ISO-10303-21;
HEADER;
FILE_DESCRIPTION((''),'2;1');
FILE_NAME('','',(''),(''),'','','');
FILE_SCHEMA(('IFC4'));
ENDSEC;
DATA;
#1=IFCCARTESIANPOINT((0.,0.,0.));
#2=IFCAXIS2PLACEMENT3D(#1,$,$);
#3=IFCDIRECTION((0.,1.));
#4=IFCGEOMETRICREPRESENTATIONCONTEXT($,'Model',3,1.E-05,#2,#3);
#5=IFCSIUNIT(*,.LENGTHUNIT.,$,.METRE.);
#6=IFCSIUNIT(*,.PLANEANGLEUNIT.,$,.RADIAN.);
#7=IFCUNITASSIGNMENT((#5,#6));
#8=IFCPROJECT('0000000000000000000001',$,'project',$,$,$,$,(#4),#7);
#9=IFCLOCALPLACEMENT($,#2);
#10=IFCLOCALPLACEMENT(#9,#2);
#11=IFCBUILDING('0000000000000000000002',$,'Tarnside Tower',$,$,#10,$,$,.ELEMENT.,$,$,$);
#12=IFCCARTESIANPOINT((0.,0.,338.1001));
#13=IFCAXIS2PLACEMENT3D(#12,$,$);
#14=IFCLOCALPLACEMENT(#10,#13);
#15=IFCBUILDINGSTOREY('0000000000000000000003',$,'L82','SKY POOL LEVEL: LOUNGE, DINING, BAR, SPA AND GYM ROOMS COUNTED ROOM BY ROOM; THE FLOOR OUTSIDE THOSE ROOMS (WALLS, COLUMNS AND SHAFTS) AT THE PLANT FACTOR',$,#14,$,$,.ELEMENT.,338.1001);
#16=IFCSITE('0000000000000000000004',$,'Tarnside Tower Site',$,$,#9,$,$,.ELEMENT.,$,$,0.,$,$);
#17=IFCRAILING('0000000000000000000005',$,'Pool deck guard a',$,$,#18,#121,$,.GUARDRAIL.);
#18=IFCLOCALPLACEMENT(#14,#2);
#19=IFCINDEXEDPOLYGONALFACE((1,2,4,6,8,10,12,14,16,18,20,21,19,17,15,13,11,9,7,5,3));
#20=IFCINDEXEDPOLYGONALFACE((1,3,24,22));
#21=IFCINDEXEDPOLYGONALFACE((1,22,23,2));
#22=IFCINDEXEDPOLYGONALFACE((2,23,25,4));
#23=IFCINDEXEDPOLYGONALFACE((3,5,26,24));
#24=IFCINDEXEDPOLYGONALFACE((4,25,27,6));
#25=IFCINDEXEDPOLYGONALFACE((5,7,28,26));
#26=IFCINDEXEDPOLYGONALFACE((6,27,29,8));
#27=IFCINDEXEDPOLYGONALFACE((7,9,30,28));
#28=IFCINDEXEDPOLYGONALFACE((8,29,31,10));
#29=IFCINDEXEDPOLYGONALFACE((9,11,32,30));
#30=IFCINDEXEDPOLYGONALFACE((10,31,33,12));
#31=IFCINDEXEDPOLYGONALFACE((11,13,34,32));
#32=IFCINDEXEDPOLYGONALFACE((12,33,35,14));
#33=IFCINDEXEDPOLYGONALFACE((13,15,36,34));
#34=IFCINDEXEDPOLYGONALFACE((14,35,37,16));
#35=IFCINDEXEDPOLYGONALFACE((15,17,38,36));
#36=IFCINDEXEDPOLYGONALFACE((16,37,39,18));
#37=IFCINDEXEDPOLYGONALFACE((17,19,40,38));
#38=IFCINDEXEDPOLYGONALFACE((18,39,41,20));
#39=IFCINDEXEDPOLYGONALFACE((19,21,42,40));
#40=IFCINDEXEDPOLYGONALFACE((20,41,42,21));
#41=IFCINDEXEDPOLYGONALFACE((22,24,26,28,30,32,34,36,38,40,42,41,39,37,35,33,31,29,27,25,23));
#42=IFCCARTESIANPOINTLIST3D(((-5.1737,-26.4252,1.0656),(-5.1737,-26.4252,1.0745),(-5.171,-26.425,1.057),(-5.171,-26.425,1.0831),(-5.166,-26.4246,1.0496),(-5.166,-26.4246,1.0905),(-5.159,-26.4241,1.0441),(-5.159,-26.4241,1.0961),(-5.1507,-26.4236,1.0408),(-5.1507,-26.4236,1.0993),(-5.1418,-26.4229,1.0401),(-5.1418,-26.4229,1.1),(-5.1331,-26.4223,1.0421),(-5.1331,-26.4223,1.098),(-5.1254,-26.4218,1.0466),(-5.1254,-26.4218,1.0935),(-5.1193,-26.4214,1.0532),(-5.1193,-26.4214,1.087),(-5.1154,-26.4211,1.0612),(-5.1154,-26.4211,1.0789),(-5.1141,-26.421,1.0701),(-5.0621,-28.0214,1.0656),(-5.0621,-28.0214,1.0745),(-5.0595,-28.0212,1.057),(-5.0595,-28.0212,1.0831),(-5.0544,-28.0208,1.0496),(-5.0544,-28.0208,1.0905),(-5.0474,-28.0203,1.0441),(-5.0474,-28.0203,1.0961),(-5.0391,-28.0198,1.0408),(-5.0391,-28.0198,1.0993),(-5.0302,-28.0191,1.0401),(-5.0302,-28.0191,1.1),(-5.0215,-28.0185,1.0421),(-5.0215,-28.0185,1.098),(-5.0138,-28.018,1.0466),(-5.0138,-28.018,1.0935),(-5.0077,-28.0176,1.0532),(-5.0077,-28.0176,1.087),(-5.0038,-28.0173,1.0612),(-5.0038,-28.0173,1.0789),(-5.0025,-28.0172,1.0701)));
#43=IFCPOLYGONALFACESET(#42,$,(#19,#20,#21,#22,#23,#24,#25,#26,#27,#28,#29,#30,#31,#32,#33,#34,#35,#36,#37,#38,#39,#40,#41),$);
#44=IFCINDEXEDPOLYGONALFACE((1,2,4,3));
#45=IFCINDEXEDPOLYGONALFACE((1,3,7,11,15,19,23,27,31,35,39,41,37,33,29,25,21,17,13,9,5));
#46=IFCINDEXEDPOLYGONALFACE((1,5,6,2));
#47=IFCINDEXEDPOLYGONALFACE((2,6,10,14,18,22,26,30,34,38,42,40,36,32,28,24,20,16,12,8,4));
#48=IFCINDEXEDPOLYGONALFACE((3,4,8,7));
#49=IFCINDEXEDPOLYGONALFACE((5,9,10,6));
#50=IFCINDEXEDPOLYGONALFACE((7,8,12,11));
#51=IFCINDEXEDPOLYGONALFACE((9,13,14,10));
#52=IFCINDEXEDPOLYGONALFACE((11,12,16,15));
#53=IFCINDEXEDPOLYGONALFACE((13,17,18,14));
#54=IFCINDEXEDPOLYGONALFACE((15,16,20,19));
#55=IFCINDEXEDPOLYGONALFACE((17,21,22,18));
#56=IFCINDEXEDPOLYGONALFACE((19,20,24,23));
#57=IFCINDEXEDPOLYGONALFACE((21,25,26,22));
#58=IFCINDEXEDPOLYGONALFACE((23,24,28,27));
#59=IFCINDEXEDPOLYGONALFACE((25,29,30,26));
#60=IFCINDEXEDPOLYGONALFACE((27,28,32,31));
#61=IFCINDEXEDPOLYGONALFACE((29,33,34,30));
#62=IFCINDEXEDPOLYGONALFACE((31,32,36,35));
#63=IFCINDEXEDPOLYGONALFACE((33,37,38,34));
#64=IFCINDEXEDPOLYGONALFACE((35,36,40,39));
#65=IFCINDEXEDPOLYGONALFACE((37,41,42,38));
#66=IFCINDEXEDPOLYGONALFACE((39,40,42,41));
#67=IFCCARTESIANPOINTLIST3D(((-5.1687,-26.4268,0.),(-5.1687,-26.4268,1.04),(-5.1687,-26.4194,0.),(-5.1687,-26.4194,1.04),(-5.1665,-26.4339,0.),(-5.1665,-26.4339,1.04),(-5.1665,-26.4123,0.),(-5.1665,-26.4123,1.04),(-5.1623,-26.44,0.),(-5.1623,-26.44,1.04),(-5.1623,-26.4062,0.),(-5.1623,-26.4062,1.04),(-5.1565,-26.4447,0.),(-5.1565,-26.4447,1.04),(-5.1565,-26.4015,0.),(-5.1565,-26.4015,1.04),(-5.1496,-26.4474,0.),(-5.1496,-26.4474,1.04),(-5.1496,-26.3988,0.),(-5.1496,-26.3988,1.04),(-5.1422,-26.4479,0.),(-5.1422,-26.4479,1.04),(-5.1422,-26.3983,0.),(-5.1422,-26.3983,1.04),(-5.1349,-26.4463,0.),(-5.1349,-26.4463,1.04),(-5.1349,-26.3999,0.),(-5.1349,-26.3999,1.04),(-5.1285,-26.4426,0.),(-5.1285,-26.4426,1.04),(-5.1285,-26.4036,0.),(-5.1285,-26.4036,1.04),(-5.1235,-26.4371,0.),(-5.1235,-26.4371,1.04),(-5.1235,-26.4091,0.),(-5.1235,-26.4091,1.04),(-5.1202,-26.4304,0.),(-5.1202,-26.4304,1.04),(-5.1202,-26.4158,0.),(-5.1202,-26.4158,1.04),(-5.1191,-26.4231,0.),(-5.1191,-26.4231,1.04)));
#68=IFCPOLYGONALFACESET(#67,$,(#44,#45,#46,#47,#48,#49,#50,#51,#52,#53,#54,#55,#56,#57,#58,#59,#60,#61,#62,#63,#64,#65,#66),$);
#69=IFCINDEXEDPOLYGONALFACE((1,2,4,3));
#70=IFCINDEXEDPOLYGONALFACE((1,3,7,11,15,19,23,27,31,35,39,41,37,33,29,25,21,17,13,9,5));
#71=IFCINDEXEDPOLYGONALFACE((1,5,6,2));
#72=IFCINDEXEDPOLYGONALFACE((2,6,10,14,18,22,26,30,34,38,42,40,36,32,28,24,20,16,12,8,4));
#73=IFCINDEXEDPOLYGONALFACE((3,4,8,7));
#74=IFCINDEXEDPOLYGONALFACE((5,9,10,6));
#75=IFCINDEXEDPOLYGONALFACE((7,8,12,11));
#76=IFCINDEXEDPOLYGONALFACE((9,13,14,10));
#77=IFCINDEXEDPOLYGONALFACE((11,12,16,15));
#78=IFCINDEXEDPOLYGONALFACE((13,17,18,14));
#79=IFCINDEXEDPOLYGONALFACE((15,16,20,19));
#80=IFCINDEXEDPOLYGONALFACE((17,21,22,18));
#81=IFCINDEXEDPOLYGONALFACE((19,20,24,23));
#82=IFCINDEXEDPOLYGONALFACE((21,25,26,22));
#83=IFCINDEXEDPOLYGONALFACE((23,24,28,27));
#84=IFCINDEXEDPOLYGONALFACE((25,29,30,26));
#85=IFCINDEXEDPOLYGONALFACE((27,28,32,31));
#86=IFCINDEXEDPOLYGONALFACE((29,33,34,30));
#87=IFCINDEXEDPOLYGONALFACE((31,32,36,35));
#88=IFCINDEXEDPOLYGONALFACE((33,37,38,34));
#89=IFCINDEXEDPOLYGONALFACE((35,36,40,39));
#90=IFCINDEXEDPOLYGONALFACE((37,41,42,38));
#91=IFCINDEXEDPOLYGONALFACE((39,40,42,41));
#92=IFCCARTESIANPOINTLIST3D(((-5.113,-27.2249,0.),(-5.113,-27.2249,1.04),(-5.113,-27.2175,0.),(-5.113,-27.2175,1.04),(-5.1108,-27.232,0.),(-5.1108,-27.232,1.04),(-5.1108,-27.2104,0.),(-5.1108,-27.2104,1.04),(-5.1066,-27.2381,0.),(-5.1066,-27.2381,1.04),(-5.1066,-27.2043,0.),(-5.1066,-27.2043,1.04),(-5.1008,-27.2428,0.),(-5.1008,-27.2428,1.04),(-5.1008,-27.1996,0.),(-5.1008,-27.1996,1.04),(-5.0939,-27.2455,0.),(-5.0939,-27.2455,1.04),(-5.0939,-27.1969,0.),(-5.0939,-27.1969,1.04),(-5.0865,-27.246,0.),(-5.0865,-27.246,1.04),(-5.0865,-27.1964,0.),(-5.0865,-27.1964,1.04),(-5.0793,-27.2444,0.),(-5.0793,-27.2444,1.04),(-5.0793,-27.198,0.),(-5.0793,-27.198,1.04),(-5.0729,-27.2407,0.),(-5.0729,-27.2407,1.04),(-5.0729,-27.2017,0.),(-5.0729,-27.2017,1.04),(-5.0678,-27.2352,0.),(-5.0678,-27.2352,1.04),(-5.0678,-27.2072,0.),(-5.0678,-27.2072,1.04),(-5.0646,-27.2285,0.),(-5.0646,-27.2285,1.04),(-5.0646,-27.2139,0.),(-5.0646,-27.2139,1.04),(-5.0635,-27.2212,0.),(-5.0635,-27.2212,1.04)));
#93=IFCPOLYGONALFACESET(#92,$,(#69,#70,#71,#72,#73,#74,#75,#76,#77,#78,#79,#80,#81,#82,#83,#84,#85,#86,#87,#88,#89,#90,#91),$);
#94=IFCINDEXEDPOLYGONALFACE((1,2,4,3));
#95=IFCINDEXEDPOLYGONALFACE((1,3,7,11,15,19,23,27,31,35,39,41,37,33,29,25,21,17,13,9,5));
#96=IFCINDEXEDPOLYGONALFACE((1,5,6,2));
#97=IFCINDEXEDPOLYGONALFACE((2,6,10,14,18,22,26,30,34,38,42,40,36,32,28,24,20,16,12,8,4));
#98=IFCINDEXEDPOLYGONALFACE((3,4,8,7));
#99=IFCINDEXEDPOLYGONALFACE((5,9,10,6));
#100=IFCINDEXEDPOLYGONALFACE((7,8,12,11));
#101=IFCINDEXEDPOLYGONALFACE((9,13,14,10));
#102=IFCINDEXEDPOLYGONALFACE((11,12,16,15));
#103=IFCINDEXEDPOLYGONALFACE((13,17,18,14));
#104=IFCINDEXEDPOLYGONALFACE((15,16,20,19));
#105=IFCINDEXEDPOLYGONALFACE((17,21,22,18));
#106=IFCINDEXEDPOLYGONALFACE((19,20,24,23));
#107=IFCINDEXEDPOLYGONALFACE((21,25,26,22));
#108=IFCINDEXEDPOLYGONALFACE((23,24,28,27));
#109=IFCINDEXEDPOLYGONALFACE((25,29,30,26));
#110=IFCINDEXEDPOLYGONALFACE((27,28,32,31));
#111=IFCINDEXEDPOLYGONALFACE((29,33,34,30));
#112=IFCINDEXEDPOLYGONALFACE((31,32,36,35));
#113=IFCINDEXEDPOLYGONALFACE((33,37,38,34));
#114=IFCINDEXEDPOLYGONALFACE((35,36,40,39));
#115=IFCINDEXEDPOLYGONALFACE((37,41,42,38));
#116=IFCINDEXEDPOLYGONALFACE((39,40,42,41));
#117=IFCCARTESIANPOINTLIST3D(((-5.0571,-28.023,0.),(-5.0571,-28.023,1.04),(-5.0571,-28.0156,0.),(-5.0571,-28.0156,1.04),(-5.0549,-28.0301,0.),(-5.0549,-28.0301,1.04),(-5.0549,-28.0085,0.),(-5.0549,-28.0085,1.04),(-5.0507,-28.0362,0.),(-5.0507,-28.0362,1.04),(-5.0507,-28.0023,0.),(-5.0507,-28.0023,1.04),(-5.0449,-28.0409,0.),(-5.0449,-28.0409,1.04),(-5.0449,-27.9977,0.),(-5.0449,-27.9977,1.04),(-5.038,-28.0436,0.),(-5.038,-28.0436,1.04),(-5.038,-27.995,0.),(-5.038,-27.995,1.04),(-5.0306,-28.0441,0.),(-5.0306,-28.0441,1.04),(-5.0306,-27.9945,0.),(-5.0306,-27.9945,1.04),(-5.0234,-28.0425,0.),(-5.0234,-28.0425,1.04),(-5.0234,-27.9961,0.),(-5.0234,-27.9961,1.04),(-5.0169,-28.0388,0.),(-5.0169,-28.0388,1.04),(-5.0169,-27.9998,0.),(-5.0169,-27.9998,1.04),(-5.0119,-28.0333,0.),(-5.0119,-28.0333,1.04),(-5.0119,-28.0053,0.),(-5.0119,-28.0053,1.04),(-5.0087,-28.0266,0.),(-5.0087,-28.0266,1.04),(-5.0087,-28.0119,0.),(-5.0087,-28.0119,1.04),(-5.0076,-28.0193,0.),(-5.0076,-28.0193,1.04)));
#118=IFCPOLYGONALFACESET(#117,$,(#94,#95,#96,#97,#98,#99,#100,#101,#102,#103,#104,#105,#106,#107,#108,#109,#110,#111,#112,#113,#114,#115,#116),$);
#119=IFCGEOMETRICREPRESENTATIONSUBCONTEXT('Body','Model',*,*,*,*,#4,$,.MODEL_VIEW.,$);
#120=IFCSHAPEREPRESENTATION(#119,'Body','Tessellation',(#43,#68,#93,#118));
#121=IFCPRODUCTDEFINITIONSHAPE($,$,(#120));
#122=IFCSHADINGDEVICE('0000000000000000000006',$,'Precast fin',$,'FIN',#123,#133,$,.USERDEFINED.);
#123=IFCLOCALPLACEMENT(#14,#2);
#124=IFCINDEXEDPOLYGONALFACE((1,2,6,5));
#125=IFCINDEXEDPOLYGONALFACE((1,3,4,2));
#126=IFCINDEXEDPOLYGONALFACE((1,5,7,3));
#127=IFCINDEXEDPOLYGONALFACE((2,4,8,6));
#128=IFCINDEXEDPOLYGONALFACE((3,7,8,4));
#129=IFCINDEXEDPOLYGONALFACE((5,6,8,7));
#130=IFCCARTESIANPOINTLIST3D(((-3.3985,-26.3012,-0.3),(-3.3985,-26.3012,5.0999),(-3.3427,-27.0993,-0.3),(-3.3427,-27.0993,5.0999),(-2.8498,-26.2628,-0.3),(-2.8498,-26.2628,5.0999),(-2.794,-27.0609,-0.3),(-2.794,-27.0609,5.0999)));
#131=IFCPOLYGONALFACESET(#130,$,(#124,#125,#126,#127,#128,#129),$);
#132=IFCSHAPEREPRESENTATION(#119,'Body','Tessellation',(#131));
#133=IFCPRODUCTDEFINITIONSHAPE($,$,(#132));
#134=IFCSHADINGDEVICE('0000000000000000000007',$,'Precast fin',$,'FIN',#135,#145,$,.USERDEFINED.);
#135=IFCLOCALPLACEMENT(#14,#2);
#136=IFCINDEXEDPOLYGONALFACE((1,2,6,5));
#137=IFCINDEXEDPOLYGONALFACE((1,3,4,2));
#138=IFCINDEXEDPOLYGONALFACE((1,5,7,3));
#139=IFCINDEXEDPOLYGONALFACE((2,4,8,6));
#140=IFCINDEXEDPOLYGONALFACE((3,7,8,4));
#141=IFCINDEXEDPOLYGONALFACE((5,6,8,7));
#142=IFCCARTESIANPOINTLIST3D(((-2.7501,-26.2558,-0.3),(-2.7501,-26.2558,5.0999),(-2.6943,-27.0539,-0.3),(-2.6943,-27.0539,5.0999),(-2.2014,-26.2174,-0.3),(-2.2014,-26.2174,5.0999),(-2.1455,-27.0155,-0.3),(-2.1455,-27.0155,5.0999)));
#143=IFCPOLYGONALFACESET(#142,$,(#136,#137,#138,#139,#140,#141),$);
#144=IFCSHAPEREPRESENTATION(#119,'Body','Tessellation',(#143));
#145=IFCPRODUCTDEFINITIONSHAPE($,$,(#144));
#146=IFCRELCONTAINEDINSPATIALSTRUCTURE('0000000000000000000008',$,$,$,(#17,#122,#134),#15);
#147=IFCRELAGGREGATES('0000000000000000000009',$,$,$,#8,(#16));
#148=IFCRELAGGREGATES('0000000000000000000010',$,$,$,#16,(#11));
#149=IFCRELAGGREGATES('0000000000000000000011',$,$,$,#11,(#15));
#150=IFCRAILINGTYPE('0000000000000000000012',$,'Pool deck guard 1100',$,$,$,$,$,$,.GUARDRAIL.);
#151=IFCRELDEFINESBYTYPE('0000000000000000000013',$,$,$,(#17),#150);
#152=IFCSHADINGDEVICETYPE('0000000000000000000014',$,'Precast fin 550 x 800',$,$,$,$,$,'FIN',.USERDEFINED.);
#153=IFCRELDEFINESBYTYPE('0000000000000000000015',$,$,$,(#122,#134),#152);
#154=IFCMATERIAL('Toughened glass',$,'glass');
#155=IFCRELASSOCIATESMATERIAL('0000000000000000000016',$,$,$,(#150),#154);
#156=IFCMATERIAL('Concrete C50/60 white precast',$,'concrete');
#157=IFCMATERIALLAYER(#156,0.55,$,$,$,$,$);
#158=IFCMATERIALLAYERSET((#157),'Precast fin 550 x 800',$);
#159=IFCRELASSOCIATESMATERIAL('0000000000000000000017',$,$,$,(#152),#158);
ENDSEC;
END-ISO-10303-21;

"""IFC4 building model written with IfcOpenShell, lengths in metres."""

from ifc_helpers import new_model, si_unit, direction, frame, origin, origin_2d, place, context, subcontext, project, spatial, polyline, circle, outline, extrude, material, layer, layer_set, type_object, element, save


model = new_model("IFC4")

# Units and contexts
model_context = context("Model", 3, precision=1e-05, world=origin(), true_north=direction((0.0, 1.0)))
body_context = subcontext(model_context, "Body", "Model", "MODEL_VIEW")
ifc_project = project(units=[si_unit("LENGTHUNIT", "METRE"), si_unit("PLANEANGLEUNIT", "RADIAN")], contexts=[model_context])

# Site, building, storey
site_placement = place(None, origin())
site = spatial("IfcSite", under=ifc_project, at=site_placement, Name="Tarnside Tower Site", CompositionType="ELEMENT", RefElevation=0.0)
building_placement = place(site_placement, origin())
building = spatial("IfcBuilding", under=site, at=building_placement, Name="Tarnside Tower", CompositionType="ELEMENT")
storey_placement = place(building_placement, frame((0.0, 0.0, 338.1001)))
storey = spatial("IfcBuildingStorey", under=building, at=storey_placement, Name="L82", Description="SKY POOL LEVEL: LOUNGE, DINING, BAR, SPA AND GYM ROOMS COUNTED ROOM BY ROOM; THE FLOOR OUTSIDE THOSE ROOMS (WALLS, COLUMNS AND SHAFTS) AT THE PLANT FACTOR", CompositionType="ELEMENT", Elevation=338.1001)

# Railing
ifc_material_1 = material(Name="Toughened glass", Category="glass")
railing_type = type_object("IfcRailingType", Name="Pool deck guard 1100", PredefinedType="GUARDRAIL", material=ifc_material_1)
railing_placement = place(storey_placement, frame((-5.144, -26.4231, 0.0)))
element("IfcRailing", 1, at=railing_placement, inside=storey, type_object=railing_type, Name="Pool deck guard a", PredefinedType="GUARDRAIL", context=body_context, shape_type="SweptSolid", body=[
    extrude(circle(Radius=0.03, at=origin_2d()), frame((0.0, 0.0, 1.0701), z_axis=(0.069729, -0.997566, 0.0), x_axis=(0.997566, 0.069729, 0.0)), (0.0, 0.0, 1.0), 1.6001),
    extrude(circle(Radius=0.0249, at=origin_2d()), origin(), (0.0, 0.0, 1.0), 1.04),
    extrude(circle(Radius=0.0249, at=origin_2d()), frame((0.0557, -0.7981, 0.0)), (0.0, 0.0, 1.0), 1.04),
    extrude(circle(Radius=0.0249, at=origin_2d()), frame((0.1116, -1.5962, 0.0)), (0.0, 0.0, 1.0), 1.04),
])

# Shading devices
ifc_material_2 = material(Name="Concrete C50/60 white precast", Category="concrete")
ifc_layer_1 = layer(ifc_material_2, 0.55)
ifc_layer_set_1 = layer_set([ifc_layer_1], Name="Precast fin 550 x 800")
shading_device_type = type_object("IfcShadingDeviceType", Name="Precast fin 550 x 800", ElementType="FIN", PredefinedType="USERDEFINED", material=ifc_layer_set_1)
for number, where, z_axis, x_axis, name in (
    (2, (-3.124, -26.282, -0.3), (-0.997564, -0.069756, 0.0), (0.069756, -0.997564, 0.0), "Precast fin"),
    (3, (-2.4756, -26.2366, -0.3), (-0.997564, -0.069756, 0.0), (0.069756, -0.997564, 0.0), "Precast fin"),
):
    element("IfcShadingDevice", number, at=place(storey_placement, frame(where, z_axis=z_axis, x_axis=x_axis)), inside=storey, type_object=shading_device_type, Name=name, ObjectType="FIN", PredefinedType="USERDEFINED", context=body_context, shape_type="SweptSolid", body=[
        extrude(outline(polyline([(0.0, 0.0), (0.8, 0.0), (0.8, 5.3999), (0.0, 5.3999), (0.0, 0.0)])), frame((0.0, 0.0, -0.2749)), (0.0, 0.0, 1.0), 0.55),
    ])

save(model, "model.ifc")
